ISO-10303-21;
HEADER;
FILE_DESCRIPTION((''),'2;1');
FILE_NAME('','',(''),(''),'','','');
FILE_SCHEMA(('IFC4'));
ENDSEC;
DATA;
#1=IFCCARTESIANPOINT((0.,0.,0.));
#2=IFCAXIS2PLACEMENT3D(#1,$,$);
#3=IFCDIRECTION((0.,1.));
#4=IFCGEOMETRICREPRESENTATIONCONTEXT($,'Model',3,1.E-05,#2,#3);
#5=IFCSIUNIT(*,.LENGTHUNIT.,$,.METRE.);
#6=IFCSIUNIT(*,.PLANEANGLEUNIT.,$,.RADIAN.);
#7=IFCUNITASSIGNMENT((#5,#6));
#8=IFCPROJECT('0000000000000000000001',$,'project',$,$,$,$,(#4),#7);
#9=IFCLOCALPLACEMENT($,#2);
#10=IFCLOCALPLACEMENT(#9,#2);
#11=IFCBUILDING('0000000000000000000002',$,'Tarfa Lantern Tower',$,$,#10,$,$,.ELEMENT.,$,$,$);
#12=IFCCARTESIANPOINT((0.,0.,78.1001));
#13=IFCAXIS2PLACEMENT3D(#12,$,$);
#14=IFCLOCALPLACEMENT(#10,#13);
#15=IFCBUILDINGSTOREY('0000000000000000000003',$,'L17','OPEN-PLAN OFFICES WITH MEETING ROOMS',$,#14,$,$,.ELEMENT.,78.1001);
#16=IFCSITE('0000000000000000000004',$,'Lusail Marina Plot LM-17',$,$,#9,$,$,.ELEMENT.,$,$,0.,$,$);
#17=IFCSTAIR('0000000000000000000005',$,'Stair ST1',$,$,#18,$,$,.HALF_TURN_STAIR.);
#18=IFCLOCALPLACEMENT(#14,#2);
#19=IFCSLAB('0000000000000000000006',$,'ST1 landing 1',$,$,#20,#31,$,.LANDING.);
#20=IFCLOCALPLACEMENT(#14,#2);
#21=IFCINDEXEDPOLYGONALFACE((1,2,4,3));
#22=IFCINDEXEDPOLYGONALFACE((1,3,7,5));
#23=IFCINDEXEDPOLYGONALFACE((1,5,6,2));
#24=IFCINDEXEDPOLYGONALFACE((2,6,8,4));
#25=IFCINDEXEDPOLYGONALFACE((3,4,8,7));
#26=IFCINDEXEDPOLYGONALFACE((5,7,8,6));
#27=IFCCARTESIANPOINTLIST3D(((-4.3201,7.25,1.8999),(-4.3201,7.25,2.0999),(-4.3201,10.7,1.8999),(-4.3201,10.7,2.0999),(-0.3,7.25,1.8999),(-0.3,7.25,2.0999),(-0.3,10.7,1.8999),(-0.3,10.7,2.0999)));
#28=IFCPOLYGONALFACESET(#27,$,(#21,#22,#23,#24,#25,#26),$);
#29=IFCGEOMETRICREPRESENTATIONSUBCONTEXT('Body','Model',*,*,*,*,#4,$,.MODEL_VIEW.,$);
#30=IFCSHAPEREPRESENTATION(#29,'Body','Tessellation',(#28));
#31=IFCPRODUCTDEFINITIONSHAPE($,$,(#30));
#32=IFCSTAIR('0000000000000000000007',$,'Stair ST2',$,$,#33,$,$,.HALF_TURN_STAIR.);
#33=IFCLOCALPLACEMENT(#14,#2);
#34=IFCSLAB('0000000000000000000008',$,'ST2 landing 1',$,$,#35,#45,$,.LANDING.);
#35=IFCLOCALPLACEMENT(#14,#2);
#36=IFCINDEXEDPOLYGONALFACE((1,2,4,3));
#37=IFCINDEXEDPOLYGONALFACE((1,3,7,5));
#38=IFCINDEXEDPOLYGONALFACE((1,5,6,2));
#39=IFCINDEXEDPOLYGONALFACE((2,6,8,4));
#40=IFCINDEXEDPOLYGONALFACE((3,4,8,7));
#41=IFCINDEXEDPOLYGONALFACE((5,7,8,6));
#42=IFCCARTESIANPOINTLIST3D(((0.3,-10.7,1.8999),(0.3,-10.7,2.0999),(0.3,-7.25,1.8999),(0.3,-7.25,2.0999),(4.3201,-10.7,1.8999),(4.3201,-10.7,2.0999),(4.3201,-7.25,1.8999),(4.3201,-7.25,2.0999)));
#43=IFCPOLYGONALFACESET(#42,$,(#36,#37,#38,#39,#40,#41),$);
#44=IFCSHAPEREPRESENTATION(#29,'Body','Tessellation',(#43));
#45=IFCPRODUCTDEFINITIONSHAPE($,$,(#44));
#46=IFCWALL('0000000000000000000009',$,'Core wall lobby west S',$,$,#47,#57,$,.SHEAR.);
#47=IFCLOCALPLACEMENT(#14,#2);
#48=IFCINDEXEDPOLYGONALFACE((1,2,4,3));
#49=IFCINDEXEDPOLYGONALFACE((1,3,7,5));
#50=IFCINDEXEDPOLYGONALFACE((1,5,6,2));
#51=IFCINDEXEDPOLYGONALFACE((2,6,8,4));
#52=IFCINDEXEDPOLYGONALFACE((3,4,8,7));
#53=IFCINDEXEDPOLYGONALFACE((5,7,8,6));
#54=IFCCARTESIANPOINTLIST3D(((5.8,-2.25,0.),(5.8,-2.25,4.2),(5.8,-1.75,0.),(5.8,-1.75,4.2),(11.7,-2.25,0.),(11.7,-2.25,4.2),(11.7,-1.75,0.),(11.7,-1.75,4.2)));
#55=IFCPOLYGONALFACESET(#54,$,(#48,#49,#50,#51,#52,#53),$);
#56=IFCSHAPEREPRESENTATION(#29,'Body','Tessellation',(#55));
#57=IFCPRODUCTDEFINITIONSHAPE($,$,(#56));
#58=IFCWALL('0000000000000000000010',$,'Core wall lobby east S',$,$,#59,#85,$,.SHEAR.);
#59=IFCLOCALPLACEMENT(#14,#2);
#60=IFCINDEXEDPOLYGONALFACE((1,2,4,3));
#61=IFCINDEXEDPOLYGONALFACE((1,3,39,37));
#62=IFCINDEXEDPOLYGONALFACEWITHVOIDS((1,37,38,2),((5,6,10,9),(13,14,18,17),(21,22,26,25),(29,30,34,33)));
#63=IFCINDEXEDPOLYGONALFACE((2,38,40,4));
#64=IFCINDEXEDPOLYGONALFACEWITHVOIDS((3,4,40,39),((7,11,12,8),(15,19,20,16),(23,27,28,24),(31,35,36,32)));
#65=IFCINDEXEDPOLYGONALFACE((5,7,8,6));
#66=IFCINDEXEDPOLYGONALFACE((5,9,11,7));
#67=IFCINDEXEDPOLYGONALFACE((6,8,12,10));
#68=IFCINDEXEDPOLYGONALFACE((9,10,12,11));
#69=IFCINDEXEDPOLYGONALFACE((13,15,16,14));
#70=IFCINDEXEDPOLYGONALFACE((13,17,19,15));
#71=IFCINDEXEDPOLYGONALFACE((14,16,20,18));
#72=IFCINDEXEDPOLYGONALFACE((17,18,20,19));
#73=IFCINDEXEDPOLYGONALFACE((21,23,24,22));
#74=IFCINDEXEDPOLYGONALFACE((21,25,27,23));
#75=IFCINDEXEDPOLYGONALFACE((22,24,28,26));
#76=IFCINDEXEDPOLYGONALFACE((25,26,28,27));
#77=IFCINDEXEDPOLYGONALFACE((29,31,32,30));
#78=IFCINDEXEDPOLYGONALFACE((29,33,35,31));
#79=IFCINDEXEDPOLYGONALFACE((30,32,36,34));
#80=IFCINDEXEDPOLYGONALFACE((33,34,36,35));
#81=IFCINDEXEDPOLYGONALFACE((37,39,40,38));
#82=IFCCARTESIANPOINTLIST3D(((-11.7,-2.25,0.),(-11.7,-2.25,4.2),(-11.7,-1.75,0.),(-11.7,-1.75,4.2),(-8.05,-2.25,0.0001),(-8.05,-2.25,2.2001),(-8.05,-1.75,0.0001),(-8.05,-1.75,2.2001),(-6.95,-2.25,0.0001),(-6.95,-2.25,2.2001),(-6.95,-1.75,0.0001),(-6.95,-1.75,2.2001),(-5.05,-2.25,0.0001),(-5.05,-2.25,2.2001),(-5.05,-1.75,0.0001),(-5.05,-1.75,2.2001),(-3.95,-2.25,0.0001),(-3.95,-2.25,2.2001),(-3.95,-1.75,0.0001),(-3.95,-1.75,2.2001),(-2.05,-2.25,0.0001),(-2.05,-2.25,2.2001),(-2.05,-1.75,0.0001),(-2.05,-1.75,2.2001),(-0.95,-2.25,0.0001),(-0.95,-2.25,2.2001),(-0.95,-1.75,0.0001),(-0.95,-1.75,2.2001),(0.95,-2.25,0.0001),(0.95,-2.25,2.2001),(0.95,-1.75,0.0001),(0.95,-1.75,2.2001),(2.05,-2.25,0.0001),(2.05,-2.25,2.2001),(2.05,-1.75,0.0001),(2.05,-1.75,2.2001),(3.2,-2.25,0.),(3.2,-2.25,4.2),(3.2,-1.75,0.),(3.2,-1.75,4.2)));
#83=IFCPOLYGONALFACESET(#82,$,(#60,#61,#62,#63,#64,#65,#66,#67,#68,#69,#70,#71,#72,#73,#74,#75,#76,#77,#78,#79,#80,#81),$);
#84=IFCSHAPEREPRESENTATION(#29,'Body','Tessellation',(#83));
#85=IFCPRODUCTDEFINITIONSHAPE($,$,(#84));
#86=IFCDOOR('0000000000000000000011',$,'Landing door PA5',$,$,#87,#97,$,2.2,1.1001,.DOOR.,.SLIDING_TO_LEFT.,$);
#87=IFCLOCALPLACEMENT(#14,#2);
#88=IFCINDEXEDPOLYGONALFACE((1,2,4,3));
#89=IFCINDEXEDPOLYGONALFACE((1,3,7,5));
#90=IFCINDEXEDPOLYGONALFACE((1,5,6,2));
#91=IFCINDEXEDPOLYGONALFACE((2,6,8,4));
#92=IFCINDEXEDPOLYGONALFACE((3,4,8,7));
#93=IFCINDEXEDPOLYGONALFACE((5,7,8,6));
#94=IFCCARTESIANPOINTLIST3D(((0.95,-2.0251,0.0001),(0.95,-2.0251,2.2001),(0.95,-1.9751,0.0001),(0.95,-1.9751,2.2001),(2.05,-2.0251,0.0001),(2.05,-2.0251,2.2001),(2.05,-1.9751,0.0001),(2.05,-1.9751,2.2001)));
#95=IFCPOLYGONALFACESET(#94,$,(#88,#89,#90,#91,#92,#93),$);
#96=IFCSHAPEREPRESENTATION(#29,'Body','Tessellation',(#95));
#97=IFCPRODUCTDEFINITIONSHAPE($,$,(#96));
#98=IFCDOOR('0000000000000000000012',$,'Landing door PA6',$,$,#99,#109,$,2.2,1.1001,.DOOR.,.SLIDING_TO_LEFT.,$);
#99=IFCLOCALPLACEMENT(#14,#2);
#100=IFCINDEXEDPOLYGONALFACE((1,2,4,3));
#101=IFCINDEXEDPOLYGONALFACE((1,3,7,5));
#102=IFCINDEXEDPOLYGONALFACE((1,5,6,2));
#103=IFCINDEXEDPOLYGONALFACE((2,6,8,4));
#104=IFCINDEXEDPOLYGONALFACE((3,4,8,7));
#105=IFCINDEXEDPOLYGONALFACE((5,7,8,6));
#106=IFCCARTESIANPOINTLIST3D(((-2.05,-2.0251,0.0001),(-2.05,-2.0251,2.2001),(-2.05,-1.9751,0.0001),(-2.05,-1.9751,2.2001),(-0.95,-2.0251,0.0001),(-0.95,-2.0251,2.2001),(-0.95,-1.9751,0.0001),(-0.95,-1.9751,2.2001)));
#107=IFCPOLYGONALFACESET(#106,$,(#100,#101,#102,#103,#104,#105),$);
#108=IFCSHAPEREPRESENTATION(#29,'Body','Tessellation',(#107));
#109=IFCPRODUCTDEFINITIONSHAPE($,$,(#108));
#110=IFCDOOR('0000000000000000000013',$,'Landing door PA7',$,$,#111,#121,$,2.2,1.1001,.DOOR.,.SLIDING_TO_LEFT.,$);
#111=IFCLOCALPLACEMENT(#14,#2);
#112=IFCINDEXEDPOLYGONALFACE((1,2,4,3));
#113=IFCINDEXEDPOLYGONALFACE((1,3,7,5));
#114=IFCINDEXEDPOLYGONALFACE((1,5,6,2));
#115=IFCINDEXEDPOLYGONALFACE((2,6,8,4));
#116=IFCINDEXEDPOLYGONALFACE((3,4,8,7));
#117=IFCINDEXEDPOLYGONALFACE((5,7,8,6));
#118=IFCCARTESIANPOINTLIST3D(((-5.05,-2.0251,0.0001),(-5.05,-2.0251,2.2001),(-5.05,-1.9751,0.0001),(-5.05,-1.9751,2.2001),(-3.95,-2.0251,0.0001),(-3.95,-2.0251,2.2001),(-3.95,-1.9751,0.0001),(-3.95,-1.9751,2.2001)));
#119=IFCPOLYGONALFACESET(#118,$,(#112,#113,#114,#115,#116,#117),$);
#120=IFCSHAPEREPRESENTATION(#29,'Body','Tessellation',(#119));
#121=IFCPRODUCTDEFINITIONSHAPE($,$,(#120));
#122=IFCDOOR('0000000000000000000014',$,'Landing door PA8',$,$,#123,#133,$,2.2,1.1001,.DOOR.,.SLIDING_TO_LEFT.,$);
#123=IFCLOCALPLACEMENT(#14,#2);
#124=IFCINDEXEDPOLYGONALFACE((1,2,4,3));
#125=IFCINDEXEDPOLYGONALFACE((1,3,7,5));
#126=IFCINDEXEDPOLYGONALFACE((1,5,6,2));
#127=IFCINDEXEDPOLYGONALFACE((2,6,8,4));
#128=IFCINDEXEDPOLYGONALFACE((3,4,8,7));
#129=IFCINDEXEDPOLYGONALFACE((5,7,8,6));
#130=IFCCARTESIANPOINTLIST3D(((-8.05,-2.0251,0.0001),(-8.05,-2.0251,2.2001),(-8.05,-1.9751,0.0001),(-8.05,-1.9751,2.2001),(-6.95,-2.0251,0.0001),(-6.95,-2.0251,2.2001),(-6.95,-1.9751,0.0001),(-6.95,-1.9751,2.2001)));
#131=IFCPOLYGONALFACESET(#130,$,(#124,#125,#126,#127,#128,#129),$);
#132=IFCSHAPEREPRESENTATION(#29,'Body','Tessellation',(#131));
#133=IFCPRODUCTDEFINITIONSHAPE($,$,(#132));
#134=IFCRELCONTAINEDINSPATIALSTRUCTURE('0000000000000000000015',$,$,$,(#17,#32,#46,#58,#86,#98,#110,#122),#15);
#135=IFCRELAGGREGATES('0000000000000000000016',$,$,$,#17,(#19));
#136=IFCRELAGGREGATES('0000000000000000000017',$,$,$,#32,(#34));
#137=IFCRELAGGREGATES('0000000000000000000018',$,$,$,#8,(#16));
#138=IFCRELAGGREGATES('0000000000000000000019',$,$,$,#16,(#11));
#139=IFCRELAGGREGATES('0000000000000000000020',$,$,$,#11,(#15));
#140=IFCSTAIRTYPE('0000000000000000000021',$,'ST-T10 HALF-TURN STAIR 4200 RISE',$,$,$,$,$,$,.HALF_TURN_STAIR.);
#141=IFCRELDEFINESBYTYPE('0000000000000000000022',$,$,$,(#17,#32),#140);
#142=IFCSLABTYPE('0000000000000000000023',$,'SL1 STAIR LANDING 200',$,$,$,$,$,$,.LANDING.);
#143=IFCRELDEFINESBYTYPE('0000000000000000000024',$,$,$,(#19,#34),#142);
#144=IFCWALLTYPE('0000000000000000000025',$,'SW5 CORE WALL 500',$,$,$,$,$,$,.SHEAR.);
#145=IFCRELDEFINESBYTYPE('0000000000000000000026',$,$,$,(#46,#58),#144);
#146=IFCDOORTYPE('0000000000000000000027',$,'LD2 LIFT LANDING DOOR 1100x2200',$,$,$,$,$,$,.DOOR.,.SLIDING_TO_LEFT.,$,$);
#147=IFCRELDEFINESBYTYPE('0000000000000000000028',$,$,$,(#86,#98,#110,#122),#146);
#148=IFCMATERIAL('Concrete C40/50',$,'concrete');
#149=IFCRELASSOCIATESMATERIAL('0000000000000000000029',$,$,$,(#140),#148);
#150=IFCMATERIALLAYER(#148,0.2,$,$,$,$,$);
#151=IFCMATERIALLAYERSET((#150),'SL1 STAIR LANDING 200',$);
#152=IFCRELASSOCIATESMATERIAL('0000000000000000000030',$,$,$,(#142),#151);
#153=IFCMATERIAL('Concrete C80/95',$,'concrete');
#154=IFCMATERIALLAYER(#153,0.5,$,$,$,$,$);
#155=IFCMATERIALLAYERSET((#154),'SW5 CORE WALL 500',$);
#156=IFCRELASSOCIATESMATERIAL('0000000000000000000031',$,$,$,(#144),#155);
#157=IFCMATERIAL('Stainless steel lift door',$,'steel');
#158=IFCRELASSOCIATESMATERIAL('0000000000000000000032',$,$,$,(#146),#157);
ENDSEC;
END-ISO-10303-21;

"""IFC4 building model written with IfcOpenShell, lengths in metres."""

from ifc_helpers import new_model, si_unit, direction, frame, frame_2d, origin, place, context, subcontext, project, spatial, polyline, rectangle, outline, extrude, material, layer, layer_set, type_object, element, fill, aggregate, save


model = new_model("IFC4")

# Units and contexts
model_context = context("Model", 3, precision=1e-05, world=origin(), true_north=direction((0.0, 1.0)))
body_context = subcontext(model_context, "Body", "Model", "MODEL_VIEW")
ifc_project = project(units=[si_unit("LENGTHUNIT", "METRE"), si_unit("PLANEANGLEUNIT", "RADIAN")], contexts=[model_context])

# Site, building, storey
site_placement = place(None, origin())
site = spatial("IfcSite", under=ifc_project, at=site_placement, Name="Lusail Marina Plot LM-17", CompositionType="ELEMENT", RefElevation=0.0)
building_placement = place(site_placement, origin())
building = spatial("IfcBuilding", under=site, at=building_placement, Name="Tarfa Lantern Tower", CompositionType="ELEMENT")
storey_placement = place(building_placement, frame((0.0, 0.0, 78.1001)))
storey = spatial("IfcBuildingStorey", under=building, at=storey_placement, Name="L17", Description="OPEN-PLAN OFFICES WITH MEETING ROOMS", CompositionType="ELEMENT", Elevation=78.1001)

# Stairs, slabs
ifc_material_1 = material(Name="Concrete C40/50", Category="concrete")
stair_type = type_object("IfcStairType", Name="ST-T10 HALF-TURN STAIR 4200 RISE", PredefinedType="HALF_TURN_STAIR", material=ifc_material_1)
stair_1_placement = place(storey_placement, origin())
stair_1 = element("IfcStair", 1, at=stair_1_placement, inside=storey, type_object=stair_type, Name="Stair ST1", PredefinedType="HALF_TURN_STAIR")
ifc_layer_1 = layer(ifc_material_1, 0.2)
ifc_layer_set_1 = layer_set([ifc_layer_1], Name="SL1 STAIR LANDING 200")
slab_type = type_object("IfcSlabType", Name="SL1 STAIR LANDING 200", PredefinedType="LANDING", material=ifc_layer_set_1)
slab_1_placement = place(storey_placement, frame((0.0, 0.0, 1.8999)))
slab_1 = element("IfcSlab", 2, at=slab_1_placement, type_object=slab_type, Name="ST1 landing 1", PredefinedType="LANDING", context=body_context, shape_type="SweptSolid", body=[
    extrude(outline(polyline([(-4.3201, 7.25), (-0.3, 7.25), (-0.3, 10.7), (-4.3201, 10.7), (-4.3201, 7.25)])), origin(), (0.0, 0.0, 1.0), 0.2),
])
aggregate(stair_1, [slab_1])
stair_2_placement = place(storey_placement, origin())
stair_2 = element("IfcStair", 3, at=stair_2_placement, inside=storey, type_object=stair_type, Name="Stair ST2", PredefinedType="HALF_TURN_STAIR")
slab_2_placement = place(storey_placement, frame((0.0, 0.0, 1.8999)))
slab_2 = element("IfcSlab", 4, at=slab_2_placement, type_object=slab_type, Name="ST2 landing 1", PredefinedType="LANDING", context=body_context, shape_type="SweptSolid", body=[
    extrude(outline(polyline([(4.3201, -7.25), (0.3, -7.25), (0.3, -10.7), (4.3201, -10.7), (4.3201, -7.25)])), origin(), (0.0, 0.0, 1.0), 0.2),
])
aggregate(stair_2, [slab_2])

# Wall
ifc_material_2 = material(Name="Concrete C80/95", Category="concrete")
ifc_layer_2 = layer(ifc_material_2, 0.5)
ifc_layer_set_2 = layer_set([ifc_layer_2], Name="SW5 CORE WALL 500")
wall_type_1 = type_object("IfcWallType", Name="SW5 CORE WALL 500", PredefinedType="SHEAR", material=ifc_layer_set_2)
wall_1_placement = place(storey_placement, frame((11.7, -2.0, 0.0), z_axis=(0.0, 0.0, 1.0), x_axis=(-1.0, 0.0, 0.0)))
element("IfcWall", 5, at=wall_1_placement, inside=storey, type_object=wall_type_1, Name="Core wall lobby west S", PredefinedType="SHEAR", context=body_context, shape_type="SweptSolid", body=[
    extrude(rectangle(XDim=5.8999, YDim=0.5, at=frame_2d((2.95, 0.0))), origin(), (0.0, 0.0, 1.0), 4.2),
])

# Wall, openings, doors
wall_2_placement = place(storey_placement, frame((3.2, -2.0, 0.0), z_axis=(0.0, 0.0, 1.0), x_axis=(-1.0, 0.0, 0.0)))
wall_2 = element("IfcWall", 6, at=wall_2_placement, inside=storey, type_object=wall_type_1, Name="Core wall lobby east S", PredefinedType="SHEAR", context=body_context, shape_type="SweptSolid", body=[
    extrude(rectangle(XDim=14.8999, YDim=0.5, at=frame_2d((7.45, 0.0))), origin(), (0.0, 0.0, 1.0), 4.2),
])
opening_1_placement = place(wall_2_placement, frame((1.1499, 0.0, 0.0)))
opening_1 = element("IfcOpeningElement", 7, at=opening_1_placement, cuts=wall_2, PredefinedType="OPENING", context=body_context, shape_type="SweptSolid", body=[
    extrude(rectangle(XDim=1.1001, YDim=2.2, at=frame_2d((0.55, 1.1001))), frame((0.0, 0.26, 0.0), z_axis=(0.0, -1.0, 0.0), x_axis=(1.0, 0.0, 0.0)), (0.0, 0.0, 1.0), 0.52),
])
opening_2_placement = place(wall_2_placement, frame((4.1499, 0.0, 0.0)))
opening_2 = element("IfcOpeningElement", 8, at=opening_2_placement, cuts=wall_2, PredefinedType="OPENING", context=body_context, shape_type="SweptSolid", body=[
    extrude(rectangle(XDim=1.1001, YDim=2.2, at=frame_2d((0.55, 1.1001))), frame((0.0, 0.26, 0.0), z_axis=(0.0, -1.0, 0.0), x_axis=(1.0, 0.0, 0.0)), (0.0, 0.0, 1.0), 0.52),
])
opening_3_placement = place(wall_2_placement, frame((7.1499, 0.0, 0.0)))
opening_3 = element("IfcOpeningElement", 9, at=opening_3_placement, cuts=wall_2, PredefinedType="OPENING", context=body_context, shape_type="SweptSolid", body=[
    extrude(rectangle(XDim=1.1001, YDim=2.2, at=frame_2d((0.55, 1.1001))), frame((0.0, 0.26, 0.0), z_axis=(0.0, -1.0, 0.0), x_axis=(1.0, 0.0, 0.0)), (0.0, 0.0, 1.0), 0.52),
])
opening_4_placement = place(wall_2_placement, frame((10.1499, 0.0, 0.0)))
opening_4 = element("IfcOpeningElement", 10, at=opening_4_placement, cuts=wall_2, PredefinedType="OPENING", context=body_context, shape_type="SweptSolid", body=[
    extrude(rectangle(XDim=1.1001, YDim=2.2, at=frame_2d((0.55, 1.1001))), frame((0.0, 0.26, 0.0), z_axis=(0.0, -1.0, 0.0), x_axis=(1.0, 0.0, 0.0)), (0.0, 0.0, 1.0), 0.52),
])
ifc_material_3 = material(Name="Stainless steel lift door", Category="steel")
door_type_1 = type_object("IfcDoorType", Name="LD2 LIFT LANDING DOOR 1100x2200", OperationType="SLIDING_TO_LEFT", PredefinedType="DOOR", material=ifc_material_3)
door_1_placement = place(opening_1_placement, frame((1.1001, 0.0, 0.0), z_axis=(0.0, 0.0, 1.0), x_axis=(-1.0, 0.0, 0.0)))
door_1 = element("IfcDoor", 11, at=door_1_placement, inside=storey, type_object=door_type_1, Name="Landing door PA5", OperationType="SLIDING_TO_LEFT", OverallHeight=2.2, OverallWidth=1.1001, PredefinedType="DOOR", context=body_context, shape_type="SweptSolid", body=[
    extrude(rectangle(XDim=1.1001, YDim=2.2, at=frame_2d((0.55, 1.1001))), frame((0.0, 0.0249, 0.0), z_axis=(0.0, -1.0, 0.0), x_axis=(1.0, 0.0, 0.0)), (0.0, 0.0, 1.0), 0.05),
])
fill(opening_1, door_1)
door_2_placement = place(opening_2_placement, frame((1.1001, 0.0, 0.0), z_axis=(0.0, 0.0, 1.0), x_axis=(-1.0, 0.0, 0.0)))
door_2 = element("IfcDoor", 12, at=door_2_placement, inside=storey, type_object=door_type_1, Name="Landing door PA6", OperationType="SLIDING_TO_LEFT", OverallHeight=2.2, OverallWidth=1.1001, PredefinedType="DOOR", context=body_context, shape_type="SweptSolid", body=[
    extrude(rectangle(XDim=1.1001, YDim=2.2, at=frame_2d((0.55, 1.1001))), frame((0.0, 0.0249, 0.0), z_axis=(0.0, -1.0, 0.0), x_axis=(1.0, 0.0, 0.0)), (0.0, 0.0, 1.0), 0.05),
])
fill(opening_2, door_2)
door_3_placement = place(opening_3_placement, frame((1.1001, 0.0, 0.0), z_axis=(0.0, 0.0, 1.0), x_axis=(-1.0, 0.0, 0.0)))
door_3 = element("IfcDoor", 13, at=door_3_placement, inside=storey, type_object=door_type_1, Name="Landing door PA7", OperationType="SLIDING_TO_LEFT", OverallHeight=2.2, OverallWidth=1.1001, PredefinedType="DOOR", context=body_context, shape_type="SweptSolid", body=[
    extrude(rectangle(XDim=1.1001, YDim=2.2, at=frame_2d((0.55, 1.1001))), frame((0.0, 0.0249, 0.0), z_axis=(0.0, -1.0, 0.0), x_axis=(1.0, 0.0, 0.0)), (0.0, 0.0, 1.0), 0.05),
])
fill(opening_3, door_3)
door_4_placement = place(opening_4_placement, frame((1.1001, 0.0, 0.0), z_axis=(0.0, 0.0, 1.0), x_axis=(-1.0, 0.0, 0.0)))
door_4 = element("IfcDoor", 14, at=door_4_placement, inside=storey, type_object=door_type_1, Name="Landing door PA8", OperationType="SLIDING_TO_LEFT", OverallHeight=2.2, OverallWidth=1.1001, PredefinedType="DOOR", context=body_context, shape_type="SweptSolid", body=[
    extrude(rectangle(XDim=1.1001, YDim=2.2, at=frame_2d((0.55, 1.1001))), frame((0.0, 0.0249, 0.0), z_axis=(0.0, -1.0, 0.0), x_axis=(1.0, 0.0, 0.0)), (0.0, 0.0, 1.0), 0.05),
])
fill(opening_4, door_4)

save(model, "model.ifc")
